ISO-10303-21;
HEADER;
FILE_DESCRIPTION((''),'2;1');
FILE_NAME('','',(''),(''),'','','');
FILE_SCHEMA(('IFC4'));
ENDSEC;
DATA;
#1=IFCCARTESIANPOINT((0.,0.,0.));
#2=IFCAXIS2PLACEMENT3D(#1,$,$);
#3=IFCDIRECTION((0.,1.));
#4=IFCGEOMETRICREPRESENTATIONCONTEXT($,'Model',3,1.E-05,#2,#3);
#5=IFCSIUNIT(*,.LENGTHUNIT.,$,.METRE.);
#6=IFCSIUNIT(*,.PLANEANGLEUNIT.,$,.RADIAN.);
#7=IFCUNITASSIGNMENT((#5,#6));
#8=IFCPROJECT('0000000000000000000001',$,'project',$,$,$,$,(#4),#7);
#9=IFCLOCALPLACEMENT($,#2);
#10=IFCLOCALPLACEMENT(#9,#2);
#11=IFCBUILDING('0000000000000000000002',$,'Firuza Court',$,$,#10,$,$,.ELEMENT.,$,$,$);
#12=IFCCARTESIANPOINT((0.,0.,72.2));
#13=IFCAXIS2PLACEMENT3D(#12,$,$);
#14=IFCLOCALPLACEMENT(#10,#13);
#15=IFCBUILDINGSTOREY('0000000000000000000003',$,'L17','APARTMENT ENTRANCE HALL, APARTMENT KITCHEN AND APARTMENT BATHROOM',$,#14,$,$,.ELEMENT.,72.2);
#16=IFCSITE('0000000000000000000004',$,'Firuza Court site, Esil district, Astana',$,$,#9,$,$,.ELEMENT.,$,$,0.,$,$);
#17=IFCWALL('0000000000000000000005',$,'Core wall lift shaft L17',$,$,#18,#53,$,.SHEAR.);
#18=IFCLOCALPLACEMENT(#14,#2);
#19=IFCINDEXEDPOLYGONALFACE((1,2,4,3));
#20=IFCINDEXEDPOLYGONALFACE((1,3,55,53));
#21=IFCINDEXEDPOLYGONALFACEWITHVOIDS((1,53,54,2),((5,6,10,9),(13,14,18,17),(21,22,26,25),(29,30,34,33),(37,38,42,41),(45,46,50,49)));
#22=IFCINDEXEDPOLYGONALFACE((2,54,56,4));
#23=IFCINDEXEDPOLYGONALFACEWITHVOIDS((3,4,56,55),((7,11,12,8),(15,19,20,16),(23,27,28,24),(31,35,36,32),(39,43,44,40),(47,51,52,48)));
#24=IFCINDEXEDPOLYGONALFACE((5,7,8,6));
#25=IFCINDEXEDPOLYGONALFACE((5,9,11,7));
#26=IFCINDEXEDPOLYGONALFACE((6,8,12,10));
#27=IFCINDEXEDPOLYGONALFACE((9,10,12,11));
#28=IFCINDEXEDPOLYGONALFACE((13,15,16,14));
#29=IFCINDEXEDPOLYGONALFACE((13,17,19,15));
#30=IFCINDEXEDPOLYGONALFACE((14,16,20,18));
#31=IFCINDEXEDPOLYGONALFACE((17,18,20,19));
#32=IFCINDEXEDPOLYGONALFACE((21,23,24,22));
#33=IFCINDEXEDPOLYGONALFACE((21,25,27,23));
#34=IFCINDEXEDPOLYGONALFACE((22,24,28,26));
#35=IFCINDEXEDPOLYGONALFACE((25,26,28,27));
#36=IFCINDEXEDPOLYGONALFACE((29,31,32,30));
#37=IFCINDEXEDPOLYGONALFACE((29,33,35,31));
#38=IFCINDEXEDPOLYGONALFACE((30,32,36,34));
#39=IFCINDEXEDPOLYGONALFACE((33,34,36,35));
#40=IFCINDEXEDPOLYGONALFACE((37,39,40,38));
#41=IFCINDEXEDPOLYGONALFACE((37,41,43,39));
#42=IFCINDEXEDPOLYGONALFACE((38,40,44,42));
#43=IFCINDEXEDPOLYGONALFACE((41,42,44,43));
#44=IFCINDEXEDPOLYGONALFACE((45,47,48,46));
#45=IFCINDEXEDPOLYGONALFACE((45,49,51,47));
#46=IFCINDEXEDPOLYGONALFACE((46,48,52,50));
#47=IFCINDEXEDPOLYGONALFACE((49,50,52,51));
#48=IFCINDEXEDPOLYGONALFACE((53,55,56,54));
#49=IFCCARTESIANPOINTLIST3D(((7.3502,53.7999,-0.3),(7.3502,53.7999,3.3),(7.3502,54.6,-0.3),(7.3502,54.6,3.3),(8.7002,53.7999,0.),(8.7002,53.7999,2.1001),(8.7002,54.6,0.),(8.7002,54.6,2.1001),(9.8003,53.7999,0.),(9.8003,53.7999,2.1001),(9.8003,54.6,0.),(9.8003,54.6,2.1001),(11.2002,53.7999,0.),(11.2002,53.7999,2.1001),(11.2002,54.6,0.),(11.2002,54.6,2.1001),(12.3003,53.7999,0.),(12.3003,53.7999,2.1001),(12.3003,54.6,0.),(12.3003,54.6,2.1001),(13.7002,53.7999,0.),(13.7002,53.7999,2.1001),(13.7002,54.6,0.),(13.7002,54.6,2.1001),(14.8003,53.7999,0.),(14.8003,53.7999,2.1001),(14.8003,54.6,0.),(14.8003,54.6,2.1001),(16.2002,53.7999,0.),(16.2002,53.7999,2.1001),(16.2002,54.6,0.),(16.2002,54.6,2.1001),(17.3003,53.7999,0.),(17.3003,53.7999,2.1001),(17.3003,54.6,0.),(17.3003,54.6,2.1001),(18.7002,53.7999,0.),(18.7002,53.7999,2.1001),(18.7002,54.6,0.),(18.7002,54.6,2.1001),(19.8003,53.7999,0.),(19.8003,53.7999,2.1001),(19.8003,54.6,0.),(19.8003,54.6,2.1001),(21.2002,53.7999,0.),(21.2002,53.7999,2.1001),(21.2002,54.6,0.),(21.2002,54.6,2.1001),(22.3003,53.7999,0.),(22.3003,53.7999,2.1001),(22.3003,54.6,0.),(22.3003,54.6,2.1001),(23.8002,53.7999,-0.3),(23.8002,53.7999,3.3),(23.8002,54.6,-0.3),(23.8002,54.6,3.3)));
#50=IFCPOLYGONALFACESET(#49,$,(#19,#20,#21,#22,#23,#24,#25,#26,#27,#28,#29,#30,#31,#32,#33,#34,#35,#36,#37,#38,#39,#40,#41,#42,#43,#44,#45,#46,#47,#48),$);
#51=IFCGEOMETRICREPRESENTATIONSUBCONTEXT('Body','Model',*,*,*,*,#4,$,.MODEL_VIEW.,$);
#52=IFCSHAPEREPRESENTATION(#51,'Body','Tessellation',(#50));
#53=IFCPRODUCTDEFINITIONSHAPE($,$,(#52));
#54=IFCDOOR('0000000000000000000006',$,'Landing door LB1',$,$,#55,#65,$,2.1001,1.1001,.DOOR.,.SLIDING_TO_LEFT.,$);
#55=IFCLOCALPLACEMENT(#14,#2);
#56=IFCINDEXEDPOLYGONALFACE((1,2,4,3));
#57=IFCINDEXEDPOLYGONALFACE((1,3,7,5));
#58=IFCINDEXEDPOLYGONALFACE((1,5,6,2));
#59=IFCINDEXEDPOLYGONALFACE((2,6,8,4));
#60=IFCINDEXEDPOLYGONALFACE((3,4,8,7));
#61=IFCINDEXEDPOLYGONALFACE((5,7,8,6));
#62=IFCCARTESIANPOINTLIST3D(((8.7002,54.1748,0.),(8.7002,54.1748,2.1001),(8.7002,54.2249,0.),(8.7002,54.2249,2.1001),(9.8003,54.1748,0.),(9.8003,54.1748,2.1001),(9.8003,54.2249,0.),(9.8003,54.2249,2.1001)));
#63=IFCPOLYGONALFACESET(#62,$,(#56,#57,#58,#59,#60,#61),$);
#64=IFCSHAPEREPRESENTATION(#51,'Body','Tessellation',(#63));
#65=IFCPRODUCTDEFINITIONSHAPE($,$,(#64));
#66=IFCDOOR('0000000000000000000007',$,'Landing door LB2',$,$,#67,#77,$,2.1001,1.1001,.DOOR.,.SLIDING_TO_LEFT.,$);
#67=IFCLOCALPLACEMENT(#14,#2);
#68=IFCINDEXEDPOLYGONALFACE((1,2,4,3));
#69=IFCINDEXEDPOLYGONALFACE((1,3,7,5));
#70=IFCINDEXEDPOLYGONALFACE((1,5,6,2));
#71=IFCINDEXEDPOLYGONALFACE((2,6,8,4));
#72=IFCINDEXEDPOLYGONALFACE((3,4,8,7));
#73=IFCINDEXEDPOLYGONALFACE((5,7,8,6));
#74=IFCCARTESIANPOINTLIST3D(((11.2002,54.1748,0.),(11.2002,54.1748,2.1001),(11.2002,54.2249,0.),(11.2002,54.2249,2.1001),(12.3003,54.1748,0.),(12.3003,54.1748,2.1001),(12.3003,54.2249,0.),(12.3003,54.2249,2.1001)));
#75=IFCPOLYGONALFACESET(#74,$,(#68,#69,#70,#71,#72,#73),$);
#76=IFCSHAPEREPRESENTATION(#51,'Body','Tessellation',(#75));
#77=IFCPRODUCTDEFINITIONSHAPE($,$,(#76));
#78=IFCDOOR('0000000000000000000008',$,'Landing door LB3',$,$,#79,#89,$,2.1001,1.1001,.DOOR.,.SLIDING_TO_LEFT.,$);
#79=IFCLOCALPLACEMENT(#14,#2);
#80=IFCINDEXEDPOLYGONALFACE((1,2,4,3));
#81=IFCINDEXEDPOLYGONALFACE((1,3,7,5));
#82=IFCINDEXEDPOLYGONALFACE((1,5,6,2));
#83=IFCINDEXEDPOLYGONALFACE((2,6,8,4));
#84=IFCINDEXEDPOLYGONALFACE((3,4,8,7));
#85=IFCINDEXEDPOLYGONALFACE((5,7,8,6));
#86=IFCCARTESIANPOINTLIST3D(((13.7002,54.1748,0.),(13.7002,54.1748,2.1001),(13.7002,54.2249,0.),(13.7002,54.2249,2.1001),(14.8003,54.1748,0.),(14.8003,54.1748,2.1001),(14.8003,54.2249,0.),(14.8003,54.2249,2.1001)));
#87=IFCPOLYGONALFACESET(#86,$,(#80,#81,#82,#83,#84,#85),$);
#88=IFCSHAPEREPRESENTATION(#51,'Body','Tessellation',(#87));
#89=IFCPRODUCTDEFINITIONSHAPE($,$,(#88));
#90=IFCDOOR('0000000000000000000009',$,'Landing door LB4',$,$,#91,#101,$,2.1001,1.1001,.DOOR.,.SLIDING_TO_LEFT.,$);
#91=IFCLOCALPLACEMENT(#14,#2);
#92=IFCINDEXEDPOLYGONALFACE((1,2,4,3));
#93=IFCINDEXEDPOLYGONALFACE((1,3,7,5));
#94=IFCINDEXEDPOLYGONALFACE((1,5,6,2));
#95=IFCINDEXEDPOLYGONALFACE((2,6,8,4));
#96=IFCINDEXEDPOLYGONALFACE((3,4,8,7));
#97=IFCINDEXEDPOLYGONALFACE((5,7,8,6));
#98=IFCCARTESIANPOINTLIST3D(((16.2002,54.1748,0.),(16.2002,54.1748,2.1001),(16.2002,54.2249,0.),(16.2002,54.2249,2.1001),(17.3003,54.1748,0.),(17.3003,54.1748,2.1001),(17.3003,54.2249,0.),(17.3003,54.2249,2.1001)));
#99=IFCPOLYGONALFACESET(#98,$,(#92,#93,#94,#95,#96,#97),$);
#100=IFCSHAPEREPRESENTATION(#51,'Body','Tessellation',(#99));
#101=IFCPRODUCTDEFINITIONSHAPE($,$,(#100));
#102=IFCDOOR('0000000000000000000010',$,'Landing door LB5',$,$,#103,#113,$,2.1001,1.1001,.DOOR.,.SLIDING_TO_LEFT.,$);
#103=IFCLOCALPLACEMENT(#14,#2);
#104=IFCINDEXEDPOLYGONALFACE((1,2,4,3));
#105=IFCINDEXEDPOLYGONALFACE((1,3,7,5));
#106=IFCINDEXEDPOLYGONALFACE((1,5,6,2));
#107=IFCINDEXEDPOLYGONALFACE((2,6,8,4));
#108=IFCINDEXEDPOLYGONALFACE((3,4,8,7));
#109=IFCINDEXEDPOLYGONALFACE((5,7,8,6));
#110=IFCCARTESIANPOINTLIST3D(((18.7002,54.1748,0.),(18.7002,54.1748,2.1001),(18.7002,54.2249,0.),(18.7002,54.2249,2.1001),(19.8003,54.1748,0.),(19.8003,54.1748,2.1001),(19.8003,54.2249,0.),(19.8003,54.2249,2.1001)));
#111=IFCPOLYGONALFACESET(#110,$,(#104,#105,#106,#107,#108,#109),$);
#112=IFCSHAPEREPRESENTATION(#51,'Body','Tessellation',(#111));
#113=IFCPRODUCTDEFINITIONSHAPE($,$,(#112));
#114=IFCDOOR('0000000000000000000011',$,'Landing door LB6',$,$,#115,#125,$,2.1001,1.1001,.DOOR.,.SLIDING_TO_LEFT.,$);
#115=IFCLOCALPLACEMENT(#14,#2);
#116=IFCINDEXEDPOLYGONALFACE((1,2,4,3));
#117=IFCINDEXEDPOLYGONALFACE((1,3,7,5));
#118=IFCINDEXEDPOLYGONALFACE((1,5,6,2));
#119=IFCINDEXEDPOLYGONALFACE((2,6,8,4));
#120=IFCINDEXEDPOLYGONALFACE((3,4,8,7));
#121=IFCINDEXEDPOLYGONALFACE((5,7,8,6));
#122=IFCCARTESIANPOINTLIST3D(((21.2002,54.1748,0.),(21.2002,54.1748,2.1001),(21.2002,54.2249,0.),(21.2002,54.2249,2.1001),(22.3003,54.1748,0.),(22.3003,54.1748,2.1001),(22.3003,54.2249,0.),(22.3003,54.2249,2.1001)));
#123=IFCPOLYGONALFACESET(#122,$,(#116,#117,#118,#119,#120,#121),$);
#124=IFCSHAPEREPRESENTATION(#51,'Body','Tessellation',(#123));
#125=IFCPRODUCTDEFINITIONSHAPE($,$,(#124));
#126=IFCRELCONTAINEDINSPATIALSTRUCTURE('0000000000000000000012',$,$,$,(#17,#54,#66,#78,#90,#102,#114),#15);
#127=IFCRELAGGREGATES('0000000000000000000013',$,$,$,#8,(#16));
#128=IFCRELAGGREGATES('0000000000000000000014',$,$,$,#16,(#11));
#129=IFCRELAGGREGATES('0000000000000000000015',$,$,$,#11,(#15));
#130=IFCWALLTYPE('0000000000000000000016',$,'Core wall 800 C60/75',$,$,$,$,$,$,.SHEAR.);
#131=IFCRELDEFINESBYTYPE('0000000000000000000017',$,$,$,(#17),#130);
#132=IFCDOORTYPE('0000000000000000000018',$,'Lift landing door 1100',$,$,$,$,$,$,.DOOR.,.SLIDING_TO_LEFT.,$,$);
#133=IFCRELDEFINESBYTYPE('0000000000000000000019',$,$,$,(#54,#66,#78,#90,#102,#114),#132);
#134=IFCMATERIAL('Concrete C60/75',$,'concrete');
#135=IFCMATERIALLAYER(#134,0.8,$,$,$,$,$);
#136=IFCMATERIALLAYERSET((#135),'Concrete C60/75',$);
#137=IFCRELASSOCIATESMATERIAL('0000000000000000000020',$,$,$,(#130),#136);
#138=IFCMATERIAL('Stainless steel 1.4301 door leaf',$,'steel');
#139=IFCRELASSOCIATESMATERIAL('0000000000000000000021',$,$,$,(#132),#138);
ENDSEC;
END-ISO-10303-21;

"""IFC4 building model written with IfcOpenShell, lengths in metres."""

from ifc_helpers import new_model, si_unit, direction, frame, frame_2d, origin, place, context, subcontext, project, spatial, rectangle, extrude, material, layer, layer_set, type_object, element, fill, save


model = new_model("IFC4")

# Units and contexts
model_context = context("Model", 3, precision=1e-05, world=origin(), true_north=direction((0.0, 1.0)))
body_context = subcontext(model_context, "Body", "Model", "MODEL_VIEW")
ifc_project = project(units=[si_unit("LENGTHUNIT", "METRE"), si_unit("PLANEANGLEUNIT", "RADIAN")], contexts=[model_context])

# Site, building, storey
site_placement = place(None, origin())
site = spatial("IfcSite", under=ifc_project, at=site_placement, Name="Firuza Court site, Esil district, Astana", CompositionType="ELEMENT", RefElevation=0.0)
building_placement = place(site_placement, origin())
building = spatial("IfcBuilding", under=site, at=building_placement, Name="Firuza Court", CompositionType="ELEMENT")
storey_placement = place(building_placement, frame((0.0, 0.0, 72.2)))
storey = spatial("IfcBuildingStorey", under=building, at=storey_placement, Name="L17", Description="APARTMENT ENTRANCE HALL, APARTMENT KITCHEN AND APARTMENT BATHROOM", CompositionType="ELEMENT", Elevation=72.2)

# Shared definitions
ifc_material_1 = material(Name="Concrete C60/75", Category="concrete")

# Wall, openings, doors
ifc_layer_1 = layer(ifc_material_1, 0.8)
ifc_layer_set_1 = layer_set([ifc_layer_1], Name="Concrete C60/75")
wall_type_1 = type_object("IfcWallType", Name="Core wall 800 C60/75", PredefinedType="SHEAR", material=ifc_layer_set_1)
wall_1_placement = place(storey_placement, frame((7.3501, 54.2, -0.3), z_axis=(0.0, 0.0, 1.0), x_axis=(1.0, 0.0, 0.0)))
wall_1 = element("IfcWall", 1, at=wall_1_placement, inside=storey, type_object=wall_type_1, Name="Core wall lift shaft L17", PredefinedType="SHEAR", context=body_context, shape_type="SweptSolid", body=[
    extrude(rectangle(XDim=16.45, YDim=0.8, at=frame_2d((8.2251, 0.0))), origin(), (0.0, 0.0, 1.0), 3.6001),
])
opening_1_placement = place(wall_1_placement, frame((1.3501, 0.0, 0.3)))
opening_1 = element("IfcOpeningElement", 2, at=opening_1_placement, cuts=wall_1, PredefinedType="OPENING", context=body_context, shape_type="SweptSolid", body=[
    extrude(rectangle(XDim=1.1001, YDim=2.1001, at=frame_2d((0.55, 1.05))), frame((0.0, 0.4121, 0.0), z_axis=(0.0, -1.0, 0.0), x_axis=(1.0, 0.0, 0.0)), (0.0, 0.0, 1.0), 0.824),
])
opening_2_placement = place(wall_1_placement, frame((3.8501, 0.0, 0.3)))
opening_2 = element("IfcOpeningElement", 3, at=opening_2_placement, cuts=wall_1, PredefinedType="OPENING", context=body_context, shape_type="SweptSolid", body=[
    extrude(rectangle(XDim=1.1001, YDim=2.1001, at=frame_2d((0.55, 1.05))), frame((0.0, 0.4121, 0.0), z_axis=(0.0, -1.0, 0.0), x_axis=(1.0, 0.0, 0.0)), (0.0, 0.0, 1.0), 0.824),
])
opening_3_placement = place(wall_1_placement, frame((6.3501, 0.0, 0.3)))
opening_3 = element("IfcOpeningElement", 4, at=opening_3_placement, cuts=wall_1, PredefinedType="OPENING", context=body_context, shape_type="SweptSolid", body=[
    extrude(rectangle(XDim=1.1001, YDim=2.1001, at=frame_2d((0.55, 1.05))), frame((0.0, 0.4121, 0.0), z_axis=(0.0, -1.0, 0.0), x_axis=(1.0, 0.0, 0.0)), (0.0, 0.0, 1.0), 0.824),
])
opening_4_placement = place(wall_1_placement, frame((8.8501, 0.0, 0.3)))
opening_4 = element("IfcOpeningElement", 5, at=opening_4_placement, cuts=wall_1, PredefinedType="OPENING", context=body_context, shape_type="SweptSolid", body=[
    extrude(rectangle(XDim=1.1001, YDim=2.1001, at=frame_2d((0.55, 1.05))), frame((0.0, 0.4121, 0.0), z_axis=(0.0, -1.0, 0.0), x_axis=(1.0, 0.0, 0.0)), (0.0, 0.0, 1.0), 0.824),
])
opening_5_placement = place(wall_1_placement, frame((11.3501, 0.0, 0.3)))
opening_5 = element("IfcOpeningElement", 6, at=opening_5_placement, cuts=wall_1, PredefinedType="OPENING", context=body_context, shape_type="SweptSolid", body=[
    extrude(rectangle(XDim=1.1001, YDim=2.1001, at=frame_2d((0.55, 1.05))), frame((0.0, 0.4121, 0.0), z_axis=(0.0, -1.0, 0.0), x_axis=(1.0, 0.0, 0.0)), (0.0, 0.0, 1.0), 0.824),
])
opening_6_placement = place(wall_1_placement, frame((13.8501, 0.0, 0.3)))
opening_6 = element("IfcOpeningElement", 7, at=opening_6_placement, cuts=wall_1, PredefinedType="OPENING", context=body_context, shape_type="SweptSolid", body=[
    extrude(rectangle(XDim=1.1001, YDim=2.1001, at=frame_2d((0.55, 1.05))), frame((0.0, 0.4121, 0.0), z_axis=(0.0, -1.0, 0.0), x_axis=(1.0, 0.0, 0.0)), (0.0, 0.0, 1.0), 0.824),
])
ifc_material_2 = material(Name="Stainless steel 1.4301 door leaf", Category="steel")
door_type = type_object("IfcDoorType", Name="Lift landing door 1100", OperationType="SLIDING_TO_LEFT", PredefinedType="DOOR", material=ifc_material_2)
door_1_placement = place(opening_1_placement, origin())
door_1 = element("IfcDoor", 8, at=door_1_placement, inside=storey, type_object=door_type, Name="Landing door LB1", OperationType="SLIDING_TO_LEFT", OverallHeight=2.1001, OverallWidth=1.1001, PredefinedType="DOOR", context=body_context, shape_type="SweptSolid", body=[
    extrude(rectangle(XDim=1.1001, YDim=2.1001, at=frame_2d((0.55, 1.05))), frame((0.0, 0.0249, 0.0), z_axis=(0.0, -1.0, 0.0), x_axis=(1.0, 0.0, 0.0)), (0.0, 0.0, 1.0), 0.05),
])
fill(opening_1, door_1)
door_2_placement = place(opening_2_placement, origin())
door_2 = element("IfcDoor", 9, at=door_2_placement, inside=storey, type_object=door_type, Name="Landing door LB2", OperationType="SLIDING_TO_LEFT", OverallHeight=2.1001, OverallWidth=1.1001, PredefinedType="DOOR", context=body_context, shape_type="SweptSolid", body=[
    extrude(rectangle(XDim=1.1001, YDim=2.1001, at=frame_2d((0.55, 1.05))), frame((0.0, 0.0249, 0.0), z_axis=(0.0, -1.0, 0.0), x_axis=(1.0, 0.0, 0.0)), (0.0, 0.0, 1.0), 0.05),
])
fill(opening_2, door_2)
door_3_placement = place(opening_3_placement, origin())
door_3 = element("IfcDoor", 10, at=door_3_placement, inside=storey, type_object=door_type, Name="Landing door LB3", OperationType="SLIDING_TO_LEFT", OverallHeight=2.1001, OverallWidth=1.1001, PredefinedType="DOOR", context=body_context, shape_type="SweptSolid", body=[
    extrude(rectangle(XDim=1.1001, YDim=2.1001, at=frame_2d((0.55, 1.05))), frame((0.0, 0.0249, 0.0), z_axis=(0.0, -1.0, 0.0), x_axis=(1.0, 0.0, 0.0)), (0.0, 0.0, 1.0), 0.05),
])
fill(opening_3, door_3)
door_4_placement = place(opening_4_placement, origin())
door_4 = element("IfcDoor", 11, at=door_4_placement, inside=storey, type_object=door_type, Name="Landing door LB4", OperationType="SLIDING_TO_LEFT", OverallHeight=2.1001, OverallWidth=1.1001, PredefinedType="DOOR", context=body_context, shape_type="SweptSolid", body=[
    extrude(rectangle(XDim=1.1001, YDim=2.1001, at=frame_2d((0.55, 1.05))), frame((0.0, 0.0249, 0.0), z_axis=(0.0, -1.0, 0.0), x_axis=(1.0, 0.0, 0.0)), (0.0, 0.0, 1.0), 0.05),
])
fill(opening_4, door_4)
door_5_placement = place(opening_5_placement, origin())
door_5 = element("IfcDoor", 12, at=door_5_placement, inside=storey, type_object=door_type, Name="Landing door LB5", OperationType="SLIDING_TO_LEFT", OverallHeight=2.1001, OverallWidth=1.1001, PredefinedType="DOOR", context=body_context, shape_type="SweptSolid", body=[
    extrude(rectangle(XDim=1.1001, YDim=2.1001, at=frame_2d((0.55, 1.05))), frame((0.0, 0.0249, 0.0), z_axis=(0.0, -1.0, 0.0), x_axis=(1.0, 0.0, 0.0)), (0.0, 0.0, 1.0), 0.05),
])
fill(opening_5, door_5)
door_6_placement = place(opening_6_placement, origin())
door_6 = element("IfcDoor", 13, at=door_6_placement, inside=storey, type_object=door_type, Name="Landing door LB6", OperationType="SLIDING_TO_LEFT", OverallHeight=2.1001, OverallWidth=1.1001, PredefinedType="DOOR", context=body_context, shape_type="SweptSolid", body=[
    extrude(rectangle(XDim=1.1001, YDim=2.1001, at=frame_2d((0.55, 1.05))), frame((0.0, 0.0249, 0.0), z_axis=(0.0, -1.0, 0.0), x_axis=(1.0, 0.0, 0.0)), (0.0, 0.0, 1.0), 0.05),
])
fill(opening_6, door_6)

save(model, "model.ifc")
